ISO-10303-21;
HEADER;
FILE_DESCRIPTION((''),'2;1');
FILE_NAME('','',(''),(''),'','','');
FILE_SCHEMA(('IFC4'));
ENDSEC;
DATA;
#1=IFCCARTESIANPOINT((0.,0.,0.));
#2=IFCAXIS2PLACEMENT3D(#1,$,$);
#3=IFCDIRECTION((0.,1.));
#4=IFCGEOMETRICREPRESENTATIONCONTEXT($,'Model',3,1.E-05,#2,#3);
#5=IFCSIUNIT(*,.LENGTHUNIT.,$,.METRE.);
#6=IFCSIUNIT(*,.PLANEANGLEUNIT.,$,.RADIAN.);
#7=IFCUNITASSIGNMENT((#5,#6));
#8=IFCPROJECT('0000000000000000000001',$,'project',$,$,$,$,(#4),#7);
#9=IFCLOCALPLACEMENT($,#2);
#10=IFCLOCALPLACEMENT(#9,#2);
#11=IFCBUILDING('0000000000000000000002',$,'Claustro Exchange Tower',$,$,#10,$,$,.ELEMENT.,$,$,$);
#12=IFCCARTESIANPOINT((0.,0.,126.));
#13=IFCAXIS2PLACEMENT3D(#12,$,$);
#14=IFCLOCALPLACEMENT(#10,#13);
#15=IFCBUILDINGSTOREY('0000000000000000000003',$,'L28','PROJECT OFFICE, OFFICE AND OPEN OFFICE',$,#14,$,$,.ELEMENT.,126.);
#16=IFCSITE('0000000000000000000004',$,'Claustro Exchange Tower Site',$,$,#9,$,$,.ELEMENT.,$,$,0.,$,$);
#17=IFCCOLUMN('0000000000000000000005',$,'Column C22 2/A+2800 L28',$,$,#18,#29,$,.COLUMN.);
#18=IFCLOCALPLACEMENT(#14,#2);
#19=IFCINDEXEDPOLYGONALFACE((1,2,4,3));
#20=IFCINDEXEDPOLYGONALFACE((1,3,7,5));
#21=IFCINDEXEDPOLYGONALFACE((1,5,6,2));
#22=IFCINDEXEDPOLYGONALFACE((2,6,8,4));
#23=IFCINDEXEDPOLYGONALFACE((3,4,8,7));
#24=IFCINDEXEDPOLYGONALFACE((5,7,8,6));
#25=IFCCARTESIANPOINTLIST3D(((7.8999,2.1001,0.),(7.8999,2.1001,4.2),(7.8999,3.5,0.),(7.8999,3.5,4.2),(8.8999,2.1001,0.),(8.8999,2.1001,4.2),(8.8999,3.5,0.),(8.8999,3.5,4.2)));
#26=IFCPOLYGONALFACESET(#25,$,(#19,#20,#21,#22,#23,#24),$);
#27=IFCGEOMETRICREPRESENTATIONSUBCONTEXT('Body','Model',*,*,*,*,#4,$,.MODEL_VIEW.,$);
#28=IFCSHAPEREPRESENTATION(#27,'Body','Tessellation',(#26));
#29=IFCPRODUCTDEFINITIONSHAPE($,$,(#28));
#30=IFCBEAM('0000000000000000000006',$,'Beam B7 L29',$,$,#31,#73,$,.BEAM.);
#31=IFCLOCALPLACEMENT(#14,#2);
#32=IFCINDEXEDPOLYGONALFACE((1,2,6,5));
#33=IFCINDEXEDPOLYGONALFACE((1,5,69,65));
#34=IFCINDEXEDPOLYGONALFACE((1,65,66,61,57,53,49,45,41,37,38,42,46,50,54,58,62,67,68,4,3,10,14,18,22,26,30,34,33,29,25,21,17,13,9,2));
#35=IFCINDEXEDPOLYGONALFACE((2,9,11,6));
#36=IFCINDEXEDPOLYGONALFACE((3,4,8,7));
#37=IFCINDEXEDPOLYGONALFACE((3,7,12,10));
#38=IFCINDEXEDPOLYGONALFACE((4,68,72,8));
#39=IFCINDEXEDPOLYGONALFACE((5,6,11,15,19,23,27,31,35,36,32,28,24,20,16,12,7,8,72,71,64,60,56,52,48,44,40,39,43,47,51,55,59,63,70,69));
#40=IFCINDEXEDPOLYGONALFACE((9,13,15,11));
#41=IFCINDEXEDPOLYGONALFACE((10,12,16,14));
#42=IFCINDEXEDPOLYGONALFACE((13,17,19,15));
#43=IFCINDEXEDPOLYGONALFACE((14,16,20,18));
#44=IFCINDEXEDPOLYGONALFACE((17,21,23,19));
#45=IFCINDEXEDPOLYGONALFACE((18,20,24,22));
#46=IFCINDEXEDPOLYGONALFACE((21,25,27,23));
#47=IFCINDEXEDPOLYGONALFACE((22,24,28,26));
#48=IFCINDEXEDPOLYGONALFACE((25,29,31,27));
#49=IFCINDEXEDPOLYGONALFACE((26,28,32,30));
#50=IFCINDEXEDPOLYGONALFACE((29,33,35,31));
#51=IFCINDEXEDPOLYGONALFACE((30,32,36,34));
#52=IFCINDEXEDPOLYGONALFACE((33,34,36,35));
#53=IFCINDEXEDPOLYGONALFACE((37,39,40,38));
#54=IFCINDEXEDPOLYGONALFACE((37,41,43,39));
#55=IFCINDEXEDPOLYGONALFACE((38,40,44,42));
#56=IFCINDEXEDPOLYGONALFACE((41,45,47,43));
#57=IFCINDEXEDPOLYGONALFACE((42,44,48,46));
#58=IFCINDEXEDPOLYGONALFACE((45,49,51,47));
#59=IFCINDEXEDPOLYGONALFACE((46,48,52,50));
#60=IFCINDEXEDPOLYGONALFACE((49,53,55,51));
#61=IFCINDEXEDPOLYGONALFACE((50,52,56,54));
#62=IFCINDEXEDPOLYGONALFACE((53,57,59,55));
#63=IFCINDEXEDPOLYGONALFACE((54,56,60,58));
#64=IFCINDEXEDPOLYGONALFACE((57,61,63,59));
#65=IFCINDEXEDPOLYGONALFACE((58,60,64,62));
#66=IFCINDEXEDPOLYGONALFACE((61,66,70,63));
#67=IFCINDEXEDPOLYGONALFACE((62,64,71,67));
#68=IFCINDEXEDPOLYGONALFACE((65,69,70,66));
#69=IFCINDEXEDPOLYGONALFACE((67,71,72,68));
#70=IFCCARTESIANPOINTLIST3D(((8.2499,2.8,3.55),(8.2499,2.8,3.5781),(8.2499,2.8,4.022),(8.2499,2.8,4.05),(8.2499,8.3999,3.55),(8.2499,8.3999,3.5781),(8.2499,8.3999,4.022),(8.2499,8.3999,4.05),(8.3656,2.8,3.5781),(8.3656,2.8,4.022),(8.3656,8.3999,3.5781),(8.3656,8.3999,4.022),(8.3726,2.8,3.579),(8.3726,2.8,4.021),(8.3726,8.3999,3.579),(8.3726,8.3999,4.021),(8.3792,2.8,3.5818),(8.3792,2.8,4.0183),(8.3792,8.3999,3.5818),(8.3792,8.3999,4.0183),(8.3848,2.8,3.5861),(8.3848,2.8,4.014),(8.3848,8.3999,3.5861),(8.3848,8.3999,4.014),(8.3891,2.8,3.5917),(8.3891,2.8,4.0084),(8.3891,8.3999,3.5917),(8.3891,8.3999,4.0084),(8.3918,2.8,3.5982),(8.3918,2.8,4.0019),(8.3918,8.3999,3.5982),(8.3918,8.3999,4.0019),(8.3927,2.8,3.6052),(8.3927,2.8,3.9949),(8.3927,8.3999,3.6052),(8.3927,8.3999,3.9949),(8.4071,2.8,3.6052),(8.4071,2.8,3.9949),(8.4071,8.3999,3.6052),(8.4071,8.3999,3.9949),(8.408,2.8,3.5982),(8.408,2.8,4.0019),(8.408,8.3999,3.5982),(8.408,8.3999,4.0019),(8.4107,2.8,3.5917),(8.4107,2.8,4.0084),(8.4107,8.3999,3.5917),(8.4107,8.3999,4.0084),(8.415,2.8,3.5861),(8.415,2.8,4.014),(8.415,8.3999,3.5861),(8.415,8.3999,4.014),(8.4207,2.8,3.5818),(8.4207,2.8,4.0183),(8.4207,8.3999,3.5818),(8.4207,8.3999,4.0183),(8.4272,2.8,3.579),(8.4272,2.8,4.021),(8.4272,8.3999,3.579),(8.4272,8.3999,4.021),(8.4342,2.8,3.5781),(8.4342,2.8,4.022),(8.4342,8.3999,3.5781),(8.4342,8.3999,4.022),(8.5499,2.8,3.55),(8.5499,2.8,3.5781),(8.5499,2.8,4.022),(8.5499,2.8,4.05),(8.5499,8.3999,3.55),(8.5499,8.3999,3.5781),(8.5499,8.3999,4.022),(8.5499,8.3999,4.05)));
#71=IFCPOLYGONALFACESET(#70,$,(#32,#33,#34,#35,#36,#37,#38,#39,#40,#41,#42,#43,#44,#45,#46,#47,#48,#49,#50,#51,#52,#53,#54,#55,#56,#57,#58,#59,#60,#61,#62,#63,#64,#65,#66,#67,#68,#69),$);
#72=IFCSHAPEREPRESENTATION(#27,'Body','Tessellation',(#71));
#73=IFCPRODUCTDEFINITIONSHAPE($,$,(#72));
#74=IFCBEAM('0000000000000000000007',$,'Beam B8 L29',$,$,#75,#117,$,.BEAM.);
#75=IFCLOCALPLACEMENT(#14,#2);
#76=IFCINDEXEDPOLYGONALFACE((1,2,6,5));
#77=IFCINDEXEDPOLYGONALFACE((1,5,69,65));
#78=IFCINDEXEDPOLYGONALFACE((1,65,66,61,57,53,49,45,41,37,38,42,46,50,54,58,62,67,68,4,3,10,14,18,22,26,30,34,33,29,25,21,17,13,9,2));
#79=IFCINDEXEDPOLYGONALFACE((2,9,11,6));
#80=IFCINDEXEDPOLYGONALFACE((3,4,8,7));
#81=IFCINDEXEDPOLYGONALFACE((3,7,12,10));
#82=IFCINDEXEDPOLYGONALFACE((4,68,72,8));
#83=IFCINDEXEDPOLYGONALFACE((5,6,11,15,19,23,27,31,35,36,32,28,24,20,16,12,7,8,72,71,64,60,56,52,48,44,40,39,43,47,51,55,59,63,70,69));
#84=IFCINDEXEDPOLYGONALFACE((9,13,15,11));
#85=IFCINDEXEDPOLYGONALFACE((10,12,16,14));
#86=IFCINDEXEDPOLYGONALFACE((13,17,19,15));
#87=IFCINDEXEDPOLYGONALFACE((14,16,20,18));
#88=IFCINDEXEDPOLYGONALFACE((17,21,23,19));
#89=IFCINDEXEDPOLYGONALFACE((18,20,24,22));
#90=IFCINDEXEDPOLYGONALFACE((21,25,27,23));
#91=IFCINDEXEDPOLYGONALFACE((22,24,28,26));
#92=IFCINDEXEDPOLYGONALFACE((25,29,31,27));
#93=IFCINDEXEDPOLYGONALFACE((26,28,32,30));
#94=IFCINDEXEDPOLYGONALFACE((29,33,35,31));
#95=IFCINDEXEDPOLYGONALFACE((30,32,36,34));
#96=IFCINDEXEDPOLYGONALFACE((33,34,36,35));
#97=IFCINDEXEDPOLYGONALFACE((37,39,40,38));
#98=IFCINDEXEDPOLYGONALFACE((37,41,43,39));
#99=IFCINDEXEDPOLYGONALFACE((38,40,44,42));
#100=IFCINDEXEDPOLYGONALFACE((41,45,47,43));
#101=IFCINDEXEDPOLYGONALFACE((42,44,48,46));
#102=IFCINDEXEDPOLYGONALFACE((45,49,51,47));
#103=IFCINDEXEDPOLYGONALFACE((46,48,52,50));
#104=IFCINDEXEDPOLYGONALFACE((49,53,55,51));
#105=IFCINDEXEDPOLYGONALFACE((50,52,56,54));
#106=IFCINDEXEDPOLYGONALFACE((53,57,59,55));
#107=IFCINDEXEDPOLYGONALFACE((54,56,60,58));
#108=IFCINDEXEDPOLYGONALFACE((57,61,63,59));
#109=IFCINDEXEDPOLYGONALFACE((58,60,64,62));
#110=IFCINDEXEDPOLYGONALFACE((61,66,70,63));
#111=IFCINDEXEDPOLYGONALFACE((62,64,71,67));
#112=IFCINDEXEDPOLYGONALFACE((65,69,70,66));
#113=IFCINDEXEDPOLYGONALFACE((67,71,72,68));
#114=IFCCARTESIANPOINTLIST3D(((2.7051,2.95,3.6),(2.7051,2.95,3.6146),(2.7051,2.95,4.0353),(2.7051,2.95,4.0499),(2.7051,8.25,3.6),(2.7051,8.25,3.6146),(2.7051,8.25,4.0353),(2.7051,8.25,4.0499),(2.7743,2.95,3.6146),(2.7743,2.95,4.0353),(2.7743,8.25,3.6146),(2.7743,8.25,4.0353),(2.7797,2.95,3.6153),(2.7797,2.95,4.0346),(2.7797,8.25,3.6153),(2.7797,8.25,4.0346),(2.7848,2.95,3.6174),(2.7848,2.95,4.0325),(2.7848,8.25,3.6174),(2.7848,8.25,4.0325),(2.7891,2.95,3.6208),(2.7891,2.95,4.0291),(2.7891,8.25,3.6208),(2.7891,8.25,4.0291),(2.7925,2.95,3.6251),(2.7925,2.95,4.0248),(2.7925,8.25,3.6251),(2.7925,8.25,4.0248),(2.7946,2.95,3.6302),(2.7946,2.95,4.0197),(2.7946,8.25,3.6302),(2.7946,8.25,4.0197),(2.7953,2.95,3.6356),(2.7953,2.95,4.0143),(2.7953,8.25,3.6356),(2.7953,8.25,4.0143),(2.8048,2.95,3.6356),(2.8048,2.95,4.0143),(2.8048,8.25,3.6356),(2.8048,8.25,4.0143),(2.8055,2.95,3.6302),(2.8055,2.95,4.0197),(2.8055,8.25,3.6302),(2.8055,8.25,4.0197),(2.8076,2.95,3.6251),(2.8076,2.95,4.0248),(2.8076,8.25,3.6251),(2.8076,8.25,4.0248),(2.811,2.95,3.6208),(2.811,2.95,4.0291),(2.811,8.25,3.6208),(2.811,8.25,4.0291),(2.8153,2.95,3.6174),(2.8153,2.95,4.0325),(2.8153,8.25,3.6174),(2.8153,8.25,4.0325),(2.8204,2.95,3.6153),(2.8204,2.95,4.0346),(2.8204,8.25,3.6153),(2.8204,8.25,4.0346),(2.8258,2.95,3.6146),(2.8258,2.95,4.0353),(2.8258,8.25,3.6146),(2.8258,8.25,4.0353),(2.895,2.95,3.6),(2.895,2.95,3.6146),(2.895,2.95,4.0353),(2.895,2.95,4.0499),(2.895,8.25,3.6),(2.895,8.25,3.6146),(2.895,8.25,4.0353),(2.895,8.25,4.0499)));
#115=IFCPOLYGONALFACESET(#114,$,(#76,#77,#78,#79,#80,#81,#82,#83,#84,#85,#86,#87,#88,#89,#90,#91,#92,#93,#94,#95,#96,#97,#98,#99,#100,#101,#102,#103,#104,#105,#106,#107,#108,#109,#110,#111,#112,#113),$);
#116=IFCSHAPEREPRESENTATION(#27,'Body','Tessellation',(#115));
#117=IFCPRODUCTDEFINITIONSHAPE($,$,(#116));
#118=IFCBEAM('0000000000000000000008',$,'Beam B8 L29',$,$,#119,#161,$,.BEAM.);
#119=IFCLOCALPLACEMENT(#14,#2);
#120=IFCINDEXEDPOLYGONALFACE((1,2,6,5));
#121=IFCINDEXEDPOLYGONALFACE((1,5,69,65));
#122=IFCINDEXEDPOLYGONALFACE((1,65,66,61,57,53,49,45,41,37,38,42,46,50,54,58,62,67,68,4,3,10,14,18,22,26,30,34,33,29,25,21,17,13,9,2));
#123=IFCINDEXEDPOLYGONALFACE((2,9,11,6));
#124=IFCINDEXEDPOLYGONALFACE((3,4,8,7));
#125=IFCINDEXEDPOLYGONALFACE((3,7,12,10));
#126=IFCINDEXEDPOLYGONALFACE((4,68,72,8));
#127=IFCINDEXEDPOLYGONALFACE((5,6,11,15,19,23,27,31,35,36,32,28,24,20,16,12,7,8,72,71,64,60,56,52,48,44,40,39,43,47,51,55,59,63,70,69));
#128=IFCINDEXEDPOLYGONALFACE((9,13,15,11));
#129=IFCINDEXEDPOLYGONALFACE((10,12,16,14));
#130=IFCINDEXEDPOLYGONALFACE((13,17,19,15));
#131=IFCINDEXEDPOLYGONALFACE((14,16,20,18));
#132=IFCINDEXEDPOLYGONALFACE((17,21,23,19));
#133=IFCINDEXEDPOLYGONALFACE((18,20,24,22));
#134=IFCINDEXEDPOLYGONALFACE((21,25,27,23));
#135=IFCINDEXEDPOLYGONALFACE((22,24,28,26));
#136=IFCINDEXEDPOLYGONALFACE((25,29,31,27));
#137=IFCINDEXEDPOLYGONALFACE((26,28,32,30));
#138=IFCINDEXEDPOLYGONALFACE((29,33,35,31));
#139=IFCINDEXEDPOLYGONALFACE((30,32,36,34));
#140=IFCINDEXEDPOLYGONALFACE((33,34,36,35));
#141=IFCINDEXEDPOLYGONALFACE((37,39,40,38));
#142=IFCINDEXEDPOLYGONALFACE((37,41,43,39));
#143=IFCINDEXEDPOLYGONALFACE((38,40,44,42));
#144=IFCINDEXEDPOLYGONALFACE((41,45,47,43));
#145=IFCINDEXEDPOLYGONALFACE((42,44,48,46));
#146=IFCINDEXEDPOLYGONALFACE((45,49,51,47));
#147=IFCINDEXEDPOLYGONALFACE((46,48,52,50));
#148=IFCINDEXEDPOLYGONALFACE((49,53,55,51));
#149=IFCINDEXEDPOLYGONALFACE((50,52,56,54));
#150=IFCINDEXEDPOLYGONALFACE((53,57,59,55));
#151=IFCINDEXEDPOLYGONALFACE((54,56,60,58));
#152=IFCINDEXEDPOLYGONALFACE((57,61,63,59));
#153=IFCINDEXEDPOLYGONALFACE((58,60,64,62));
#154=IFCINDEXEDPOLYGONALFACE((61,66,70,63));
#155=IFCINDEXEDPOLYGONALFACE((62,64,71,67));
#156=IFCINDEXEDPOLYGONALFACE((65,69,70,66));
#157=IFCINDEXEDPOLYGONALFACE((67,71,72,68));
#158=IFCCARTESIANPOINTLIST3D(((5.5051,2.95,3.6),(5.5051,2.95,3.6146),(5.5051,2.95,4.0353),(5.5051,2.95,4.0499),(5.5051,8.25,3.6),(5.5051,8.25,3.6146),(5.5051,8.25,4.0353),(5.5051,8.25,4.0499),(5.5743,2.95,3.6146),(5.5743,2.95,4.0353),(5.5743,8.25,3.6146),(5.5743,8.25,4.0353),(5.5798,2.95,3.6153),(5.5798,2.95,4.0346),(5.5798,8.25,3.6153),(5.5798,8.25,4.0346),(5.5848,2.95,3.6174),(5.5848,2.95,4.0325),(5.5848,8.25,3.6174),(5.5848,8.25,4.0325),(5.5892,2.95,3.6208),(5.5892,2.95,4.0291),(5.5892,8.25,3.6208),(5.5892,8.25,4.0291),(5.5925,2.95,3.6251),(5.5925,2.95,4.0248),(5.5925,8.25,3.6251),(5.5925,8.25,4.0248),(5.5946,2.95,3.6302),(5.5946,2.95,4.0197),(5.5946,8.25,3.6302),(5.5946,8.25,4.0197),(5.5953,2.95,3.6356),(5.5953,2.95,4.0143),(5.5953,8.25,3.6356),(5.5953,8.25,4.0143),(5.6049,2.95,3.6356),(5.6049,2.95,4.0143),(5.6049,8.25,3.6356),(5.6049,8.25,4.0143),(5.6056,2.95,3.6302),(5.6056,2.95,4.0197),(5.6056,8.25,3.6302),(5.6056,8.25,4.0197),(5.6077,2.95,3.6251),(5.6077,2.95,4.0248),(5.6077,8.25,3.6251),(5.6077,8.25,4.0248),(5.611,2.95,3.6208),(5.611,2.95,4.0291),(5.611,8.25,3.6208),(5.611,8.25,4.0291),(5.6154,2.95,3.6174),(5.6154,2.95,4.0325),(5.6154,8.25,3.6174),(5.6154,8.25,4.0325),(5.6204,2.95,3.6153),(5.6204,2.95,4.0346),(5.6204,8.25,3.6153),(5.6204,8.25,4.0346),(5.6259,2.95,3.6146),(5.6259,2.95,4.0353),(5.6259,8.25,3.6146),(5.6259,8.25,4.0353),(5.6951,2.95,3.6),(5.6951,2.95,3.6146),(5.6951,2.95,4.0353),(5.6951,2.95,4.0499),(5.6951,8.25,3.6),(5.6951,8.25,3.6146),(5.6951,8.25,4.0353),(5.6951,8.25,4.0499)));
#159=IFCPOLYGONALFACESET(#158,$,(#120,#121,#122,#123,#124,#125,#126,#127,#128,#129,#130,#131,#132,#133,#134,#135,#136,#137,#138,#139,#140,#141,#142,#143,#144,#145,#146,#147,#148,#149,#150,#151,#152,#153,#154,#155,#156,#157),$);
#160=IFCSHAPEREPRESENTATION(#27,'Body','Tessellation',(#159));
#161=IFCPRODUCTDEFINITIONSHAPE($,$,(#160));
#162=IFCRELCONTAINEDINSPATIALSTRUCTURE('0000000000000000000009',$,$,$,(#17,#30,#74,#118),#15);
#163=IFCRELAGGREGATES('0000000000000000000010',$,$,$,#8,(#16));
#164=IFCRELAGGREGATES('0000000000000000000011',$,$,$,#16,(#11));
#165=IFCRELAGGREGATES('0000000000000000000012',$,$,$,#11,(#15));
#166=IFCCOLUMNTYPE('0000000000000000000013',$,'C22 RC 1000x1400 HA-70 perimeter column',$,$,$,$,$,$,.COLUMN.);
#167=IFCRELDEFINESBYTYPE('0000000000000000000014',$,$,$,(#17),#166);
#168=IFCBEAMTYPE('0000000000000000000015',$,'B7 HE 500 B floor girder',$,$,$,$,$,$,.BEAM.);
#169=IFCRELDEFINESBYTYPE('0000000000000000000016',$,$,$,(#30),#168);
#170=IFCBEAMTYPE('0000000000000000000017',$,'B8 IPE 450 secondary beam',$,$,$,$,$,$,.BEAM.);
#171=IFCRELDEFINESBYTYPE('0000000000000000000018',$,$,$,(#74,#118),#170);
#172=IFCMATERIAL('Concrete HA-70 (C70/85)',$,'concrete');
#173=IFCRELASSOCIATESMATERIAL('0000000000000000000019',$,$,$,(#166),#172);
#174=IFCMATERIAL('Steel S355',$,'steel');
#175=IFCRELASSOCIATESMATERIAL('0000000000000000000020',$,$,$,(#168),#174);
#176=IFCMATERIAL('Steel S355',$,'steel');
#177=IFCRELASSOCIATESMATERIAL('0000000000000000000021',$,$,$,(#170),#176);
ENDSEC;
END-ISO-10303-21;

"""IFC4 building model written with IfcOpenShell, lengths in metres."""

from ifc_helpers import new_model, si_unit, direction, frame, origin, origin_2d, place, context, subcontext, project, spatial, rectangle, i_section, extrude, material, material_profile, profile_set, type_object, element, save


model = new_model("IFC4")

# Units and contexts
model_context = context("Model", 3, precision=1e-05, world=origin(), true_north=direction((0.0, 1.0)))
body_context = subcontext(model_context, "Body", "Model", "MODEL_VIEW")
ifc_project = project(units=[si_unit("LENGTHUNIT", "METRE"), si_unit("PLANEANGLEUNIT", "RADIAN")], contexts=[model_context])

# Site, building, storey
site_placement = place(None, origin())
site = spatial("IfcSite", under=ifc_project, at=site_placement, Name="Claustro Exchange Tower Site", CompositionType="ELEMENT", RefElevation=0.0)
building_placement = place(site_placement, origin())
building = spatial("IfcBuilding", under=site, at=building_placement, Name="Claustro Exchange Tower", CompositionType="ELEMENT")
storey_placement = place(building_placement, frame((0.0, 0.0, 126.0)))
storey = spatial("IfcBuildingStorey", under=building, at=storey_placement, Name="L28", Description="PROJECT OFFICE, OFFICE AND OPEN OFFICE", CompositionType="ELEMENT", Elevation=126.0)

# Column
ifc_material_1 = material(Name="Concrete HA-70 (C70/85)", Category="concrete")
ifc_material_profile_1 = material_profile(ifc_material_1, rectangle(XDim=1.0, YDim=1.3999, at=origin_2d()), Name="RC 1000x1400")
ifc_profile_set_1 = profile_set([ifc_material_profile_1], Name="Concrete HA-70 (C70/85)")
column_type = type_object("IfcColumnType", Name="C22 RC 1000x1400 HA-70 perimeter column", PredefinedType="COLUMN", material=ifc_profile_set_1)
column_placement = place(storey_placement, frame((8.3999, 2.8, 0.0), z_axis=(0.0, 0.0, 1.0), x_axis=(1.0, 0.0, 0.0)))
element("IfcColumn", 1, at=column_placement, inside=storey, type_object=column_type, Name="Column C22 2/A+2800 L28", PredefinedType="COLUMN", context=body_context, shape_type="SweptSolid", body=[
    extrude(rectangle(XDim=1.0, YDim=1.3999, at=origin_2d()), origin(), (0.0, 0.0, 1.0), 4.2),
])

# Beams
ifc_material_2 = material(Name="Steel S355", Category="steel")
ifc_material_profile_2 = material_profile(ifc_material_2, i_section(OverallWidth=0.3, OverallDepth=0.5, WebThickness=0.0144, FlangeThickness=0.0281, FilletRadius=0.0271, at=origin_2d()), Name="HE 500 B")
ifc_profile_set_2 = profile_set([ifc_material_profile_2], Name="Steel S355")
beam_type_1 = type_object("IfcBeamType", Name="B7 HE 500 B floor girder", PredefinedType="BEAM", material=ifc_profile_set_2)
beam_1_placement = place(storey_placement, frame((8.3999, 2.8, 3.8), z_axis=(0.0, 1.0, 0.0), x_axis=(-1.0, 0.0, 0.0)))
element("IfcBeam", 2, at=beam_1_placement, inside=storey, type_object=beam_type_1, Name="Beam B7 L29", PredefinedType="BEAM", context=body_context, shape_type="SweptSolid", body=[
    extrude(i_section(OverallWidth=0.3, OverallDepth=0.5, WebThickness=0.0144, FlangeThickness=0.0281, FilletRadius=0.0271, at=origin_2d()), origin(), (0.0, 0.0, 1.0), 5.5999),
])
ifc_material_3 = material(Name="Steel S355", Category="steel")
ifc_material_profile_3 = material_profile(ifc_material_3, i_section(OverallWidth=0.1899, OverallDepth=0.45, WebThickness=0.0095, FlangeThickness=0.0146, FilletRadius=0.021, at=origin_2d()), Name="IPE 450")
ifc_profile_set_3 = profile_set([ifc_material_profile_3], Name="Steel S355")
beam_type_2 = type_object("IfcBeamType", Name="B8 IPE 450 secondary beam", PredefinedType="BEAM", material=ifc_profile_set_3)
for number, where, z_axis, x_axis, name in (
    (3, (2.8, 2.95, 3.825), (0.0, 1.0, 0.0), (-1.0, 0.0, 0.0), "Beam B8 L29"),
    (4, (5.6001, 2.95, 3.825), (0.0, 1.0, 0.0), (-1.0, 0.0, 0.0), "Beam B8 L29"),
):
    element("IfcBeam", number, at=place(storey_placement, frame(where, z_axis=z_axis, x_axis=x_axis)), inside=storey, type_object=beam_type_2, Name=name, PredefinedType="BEAM", context=body_context, shape_type="SweptSolid", body=[
        extrude(i_section(OverallWidth=0.1899, OverallDepth=0.45, WebThickness=0.0095, FlangeThickness=0.0146, FilletRadius=0.021, at=origin_2d()), origin(), (0.0, 0.0, 1.0), 5.3),
    ])

save(model, "model.ifc")
